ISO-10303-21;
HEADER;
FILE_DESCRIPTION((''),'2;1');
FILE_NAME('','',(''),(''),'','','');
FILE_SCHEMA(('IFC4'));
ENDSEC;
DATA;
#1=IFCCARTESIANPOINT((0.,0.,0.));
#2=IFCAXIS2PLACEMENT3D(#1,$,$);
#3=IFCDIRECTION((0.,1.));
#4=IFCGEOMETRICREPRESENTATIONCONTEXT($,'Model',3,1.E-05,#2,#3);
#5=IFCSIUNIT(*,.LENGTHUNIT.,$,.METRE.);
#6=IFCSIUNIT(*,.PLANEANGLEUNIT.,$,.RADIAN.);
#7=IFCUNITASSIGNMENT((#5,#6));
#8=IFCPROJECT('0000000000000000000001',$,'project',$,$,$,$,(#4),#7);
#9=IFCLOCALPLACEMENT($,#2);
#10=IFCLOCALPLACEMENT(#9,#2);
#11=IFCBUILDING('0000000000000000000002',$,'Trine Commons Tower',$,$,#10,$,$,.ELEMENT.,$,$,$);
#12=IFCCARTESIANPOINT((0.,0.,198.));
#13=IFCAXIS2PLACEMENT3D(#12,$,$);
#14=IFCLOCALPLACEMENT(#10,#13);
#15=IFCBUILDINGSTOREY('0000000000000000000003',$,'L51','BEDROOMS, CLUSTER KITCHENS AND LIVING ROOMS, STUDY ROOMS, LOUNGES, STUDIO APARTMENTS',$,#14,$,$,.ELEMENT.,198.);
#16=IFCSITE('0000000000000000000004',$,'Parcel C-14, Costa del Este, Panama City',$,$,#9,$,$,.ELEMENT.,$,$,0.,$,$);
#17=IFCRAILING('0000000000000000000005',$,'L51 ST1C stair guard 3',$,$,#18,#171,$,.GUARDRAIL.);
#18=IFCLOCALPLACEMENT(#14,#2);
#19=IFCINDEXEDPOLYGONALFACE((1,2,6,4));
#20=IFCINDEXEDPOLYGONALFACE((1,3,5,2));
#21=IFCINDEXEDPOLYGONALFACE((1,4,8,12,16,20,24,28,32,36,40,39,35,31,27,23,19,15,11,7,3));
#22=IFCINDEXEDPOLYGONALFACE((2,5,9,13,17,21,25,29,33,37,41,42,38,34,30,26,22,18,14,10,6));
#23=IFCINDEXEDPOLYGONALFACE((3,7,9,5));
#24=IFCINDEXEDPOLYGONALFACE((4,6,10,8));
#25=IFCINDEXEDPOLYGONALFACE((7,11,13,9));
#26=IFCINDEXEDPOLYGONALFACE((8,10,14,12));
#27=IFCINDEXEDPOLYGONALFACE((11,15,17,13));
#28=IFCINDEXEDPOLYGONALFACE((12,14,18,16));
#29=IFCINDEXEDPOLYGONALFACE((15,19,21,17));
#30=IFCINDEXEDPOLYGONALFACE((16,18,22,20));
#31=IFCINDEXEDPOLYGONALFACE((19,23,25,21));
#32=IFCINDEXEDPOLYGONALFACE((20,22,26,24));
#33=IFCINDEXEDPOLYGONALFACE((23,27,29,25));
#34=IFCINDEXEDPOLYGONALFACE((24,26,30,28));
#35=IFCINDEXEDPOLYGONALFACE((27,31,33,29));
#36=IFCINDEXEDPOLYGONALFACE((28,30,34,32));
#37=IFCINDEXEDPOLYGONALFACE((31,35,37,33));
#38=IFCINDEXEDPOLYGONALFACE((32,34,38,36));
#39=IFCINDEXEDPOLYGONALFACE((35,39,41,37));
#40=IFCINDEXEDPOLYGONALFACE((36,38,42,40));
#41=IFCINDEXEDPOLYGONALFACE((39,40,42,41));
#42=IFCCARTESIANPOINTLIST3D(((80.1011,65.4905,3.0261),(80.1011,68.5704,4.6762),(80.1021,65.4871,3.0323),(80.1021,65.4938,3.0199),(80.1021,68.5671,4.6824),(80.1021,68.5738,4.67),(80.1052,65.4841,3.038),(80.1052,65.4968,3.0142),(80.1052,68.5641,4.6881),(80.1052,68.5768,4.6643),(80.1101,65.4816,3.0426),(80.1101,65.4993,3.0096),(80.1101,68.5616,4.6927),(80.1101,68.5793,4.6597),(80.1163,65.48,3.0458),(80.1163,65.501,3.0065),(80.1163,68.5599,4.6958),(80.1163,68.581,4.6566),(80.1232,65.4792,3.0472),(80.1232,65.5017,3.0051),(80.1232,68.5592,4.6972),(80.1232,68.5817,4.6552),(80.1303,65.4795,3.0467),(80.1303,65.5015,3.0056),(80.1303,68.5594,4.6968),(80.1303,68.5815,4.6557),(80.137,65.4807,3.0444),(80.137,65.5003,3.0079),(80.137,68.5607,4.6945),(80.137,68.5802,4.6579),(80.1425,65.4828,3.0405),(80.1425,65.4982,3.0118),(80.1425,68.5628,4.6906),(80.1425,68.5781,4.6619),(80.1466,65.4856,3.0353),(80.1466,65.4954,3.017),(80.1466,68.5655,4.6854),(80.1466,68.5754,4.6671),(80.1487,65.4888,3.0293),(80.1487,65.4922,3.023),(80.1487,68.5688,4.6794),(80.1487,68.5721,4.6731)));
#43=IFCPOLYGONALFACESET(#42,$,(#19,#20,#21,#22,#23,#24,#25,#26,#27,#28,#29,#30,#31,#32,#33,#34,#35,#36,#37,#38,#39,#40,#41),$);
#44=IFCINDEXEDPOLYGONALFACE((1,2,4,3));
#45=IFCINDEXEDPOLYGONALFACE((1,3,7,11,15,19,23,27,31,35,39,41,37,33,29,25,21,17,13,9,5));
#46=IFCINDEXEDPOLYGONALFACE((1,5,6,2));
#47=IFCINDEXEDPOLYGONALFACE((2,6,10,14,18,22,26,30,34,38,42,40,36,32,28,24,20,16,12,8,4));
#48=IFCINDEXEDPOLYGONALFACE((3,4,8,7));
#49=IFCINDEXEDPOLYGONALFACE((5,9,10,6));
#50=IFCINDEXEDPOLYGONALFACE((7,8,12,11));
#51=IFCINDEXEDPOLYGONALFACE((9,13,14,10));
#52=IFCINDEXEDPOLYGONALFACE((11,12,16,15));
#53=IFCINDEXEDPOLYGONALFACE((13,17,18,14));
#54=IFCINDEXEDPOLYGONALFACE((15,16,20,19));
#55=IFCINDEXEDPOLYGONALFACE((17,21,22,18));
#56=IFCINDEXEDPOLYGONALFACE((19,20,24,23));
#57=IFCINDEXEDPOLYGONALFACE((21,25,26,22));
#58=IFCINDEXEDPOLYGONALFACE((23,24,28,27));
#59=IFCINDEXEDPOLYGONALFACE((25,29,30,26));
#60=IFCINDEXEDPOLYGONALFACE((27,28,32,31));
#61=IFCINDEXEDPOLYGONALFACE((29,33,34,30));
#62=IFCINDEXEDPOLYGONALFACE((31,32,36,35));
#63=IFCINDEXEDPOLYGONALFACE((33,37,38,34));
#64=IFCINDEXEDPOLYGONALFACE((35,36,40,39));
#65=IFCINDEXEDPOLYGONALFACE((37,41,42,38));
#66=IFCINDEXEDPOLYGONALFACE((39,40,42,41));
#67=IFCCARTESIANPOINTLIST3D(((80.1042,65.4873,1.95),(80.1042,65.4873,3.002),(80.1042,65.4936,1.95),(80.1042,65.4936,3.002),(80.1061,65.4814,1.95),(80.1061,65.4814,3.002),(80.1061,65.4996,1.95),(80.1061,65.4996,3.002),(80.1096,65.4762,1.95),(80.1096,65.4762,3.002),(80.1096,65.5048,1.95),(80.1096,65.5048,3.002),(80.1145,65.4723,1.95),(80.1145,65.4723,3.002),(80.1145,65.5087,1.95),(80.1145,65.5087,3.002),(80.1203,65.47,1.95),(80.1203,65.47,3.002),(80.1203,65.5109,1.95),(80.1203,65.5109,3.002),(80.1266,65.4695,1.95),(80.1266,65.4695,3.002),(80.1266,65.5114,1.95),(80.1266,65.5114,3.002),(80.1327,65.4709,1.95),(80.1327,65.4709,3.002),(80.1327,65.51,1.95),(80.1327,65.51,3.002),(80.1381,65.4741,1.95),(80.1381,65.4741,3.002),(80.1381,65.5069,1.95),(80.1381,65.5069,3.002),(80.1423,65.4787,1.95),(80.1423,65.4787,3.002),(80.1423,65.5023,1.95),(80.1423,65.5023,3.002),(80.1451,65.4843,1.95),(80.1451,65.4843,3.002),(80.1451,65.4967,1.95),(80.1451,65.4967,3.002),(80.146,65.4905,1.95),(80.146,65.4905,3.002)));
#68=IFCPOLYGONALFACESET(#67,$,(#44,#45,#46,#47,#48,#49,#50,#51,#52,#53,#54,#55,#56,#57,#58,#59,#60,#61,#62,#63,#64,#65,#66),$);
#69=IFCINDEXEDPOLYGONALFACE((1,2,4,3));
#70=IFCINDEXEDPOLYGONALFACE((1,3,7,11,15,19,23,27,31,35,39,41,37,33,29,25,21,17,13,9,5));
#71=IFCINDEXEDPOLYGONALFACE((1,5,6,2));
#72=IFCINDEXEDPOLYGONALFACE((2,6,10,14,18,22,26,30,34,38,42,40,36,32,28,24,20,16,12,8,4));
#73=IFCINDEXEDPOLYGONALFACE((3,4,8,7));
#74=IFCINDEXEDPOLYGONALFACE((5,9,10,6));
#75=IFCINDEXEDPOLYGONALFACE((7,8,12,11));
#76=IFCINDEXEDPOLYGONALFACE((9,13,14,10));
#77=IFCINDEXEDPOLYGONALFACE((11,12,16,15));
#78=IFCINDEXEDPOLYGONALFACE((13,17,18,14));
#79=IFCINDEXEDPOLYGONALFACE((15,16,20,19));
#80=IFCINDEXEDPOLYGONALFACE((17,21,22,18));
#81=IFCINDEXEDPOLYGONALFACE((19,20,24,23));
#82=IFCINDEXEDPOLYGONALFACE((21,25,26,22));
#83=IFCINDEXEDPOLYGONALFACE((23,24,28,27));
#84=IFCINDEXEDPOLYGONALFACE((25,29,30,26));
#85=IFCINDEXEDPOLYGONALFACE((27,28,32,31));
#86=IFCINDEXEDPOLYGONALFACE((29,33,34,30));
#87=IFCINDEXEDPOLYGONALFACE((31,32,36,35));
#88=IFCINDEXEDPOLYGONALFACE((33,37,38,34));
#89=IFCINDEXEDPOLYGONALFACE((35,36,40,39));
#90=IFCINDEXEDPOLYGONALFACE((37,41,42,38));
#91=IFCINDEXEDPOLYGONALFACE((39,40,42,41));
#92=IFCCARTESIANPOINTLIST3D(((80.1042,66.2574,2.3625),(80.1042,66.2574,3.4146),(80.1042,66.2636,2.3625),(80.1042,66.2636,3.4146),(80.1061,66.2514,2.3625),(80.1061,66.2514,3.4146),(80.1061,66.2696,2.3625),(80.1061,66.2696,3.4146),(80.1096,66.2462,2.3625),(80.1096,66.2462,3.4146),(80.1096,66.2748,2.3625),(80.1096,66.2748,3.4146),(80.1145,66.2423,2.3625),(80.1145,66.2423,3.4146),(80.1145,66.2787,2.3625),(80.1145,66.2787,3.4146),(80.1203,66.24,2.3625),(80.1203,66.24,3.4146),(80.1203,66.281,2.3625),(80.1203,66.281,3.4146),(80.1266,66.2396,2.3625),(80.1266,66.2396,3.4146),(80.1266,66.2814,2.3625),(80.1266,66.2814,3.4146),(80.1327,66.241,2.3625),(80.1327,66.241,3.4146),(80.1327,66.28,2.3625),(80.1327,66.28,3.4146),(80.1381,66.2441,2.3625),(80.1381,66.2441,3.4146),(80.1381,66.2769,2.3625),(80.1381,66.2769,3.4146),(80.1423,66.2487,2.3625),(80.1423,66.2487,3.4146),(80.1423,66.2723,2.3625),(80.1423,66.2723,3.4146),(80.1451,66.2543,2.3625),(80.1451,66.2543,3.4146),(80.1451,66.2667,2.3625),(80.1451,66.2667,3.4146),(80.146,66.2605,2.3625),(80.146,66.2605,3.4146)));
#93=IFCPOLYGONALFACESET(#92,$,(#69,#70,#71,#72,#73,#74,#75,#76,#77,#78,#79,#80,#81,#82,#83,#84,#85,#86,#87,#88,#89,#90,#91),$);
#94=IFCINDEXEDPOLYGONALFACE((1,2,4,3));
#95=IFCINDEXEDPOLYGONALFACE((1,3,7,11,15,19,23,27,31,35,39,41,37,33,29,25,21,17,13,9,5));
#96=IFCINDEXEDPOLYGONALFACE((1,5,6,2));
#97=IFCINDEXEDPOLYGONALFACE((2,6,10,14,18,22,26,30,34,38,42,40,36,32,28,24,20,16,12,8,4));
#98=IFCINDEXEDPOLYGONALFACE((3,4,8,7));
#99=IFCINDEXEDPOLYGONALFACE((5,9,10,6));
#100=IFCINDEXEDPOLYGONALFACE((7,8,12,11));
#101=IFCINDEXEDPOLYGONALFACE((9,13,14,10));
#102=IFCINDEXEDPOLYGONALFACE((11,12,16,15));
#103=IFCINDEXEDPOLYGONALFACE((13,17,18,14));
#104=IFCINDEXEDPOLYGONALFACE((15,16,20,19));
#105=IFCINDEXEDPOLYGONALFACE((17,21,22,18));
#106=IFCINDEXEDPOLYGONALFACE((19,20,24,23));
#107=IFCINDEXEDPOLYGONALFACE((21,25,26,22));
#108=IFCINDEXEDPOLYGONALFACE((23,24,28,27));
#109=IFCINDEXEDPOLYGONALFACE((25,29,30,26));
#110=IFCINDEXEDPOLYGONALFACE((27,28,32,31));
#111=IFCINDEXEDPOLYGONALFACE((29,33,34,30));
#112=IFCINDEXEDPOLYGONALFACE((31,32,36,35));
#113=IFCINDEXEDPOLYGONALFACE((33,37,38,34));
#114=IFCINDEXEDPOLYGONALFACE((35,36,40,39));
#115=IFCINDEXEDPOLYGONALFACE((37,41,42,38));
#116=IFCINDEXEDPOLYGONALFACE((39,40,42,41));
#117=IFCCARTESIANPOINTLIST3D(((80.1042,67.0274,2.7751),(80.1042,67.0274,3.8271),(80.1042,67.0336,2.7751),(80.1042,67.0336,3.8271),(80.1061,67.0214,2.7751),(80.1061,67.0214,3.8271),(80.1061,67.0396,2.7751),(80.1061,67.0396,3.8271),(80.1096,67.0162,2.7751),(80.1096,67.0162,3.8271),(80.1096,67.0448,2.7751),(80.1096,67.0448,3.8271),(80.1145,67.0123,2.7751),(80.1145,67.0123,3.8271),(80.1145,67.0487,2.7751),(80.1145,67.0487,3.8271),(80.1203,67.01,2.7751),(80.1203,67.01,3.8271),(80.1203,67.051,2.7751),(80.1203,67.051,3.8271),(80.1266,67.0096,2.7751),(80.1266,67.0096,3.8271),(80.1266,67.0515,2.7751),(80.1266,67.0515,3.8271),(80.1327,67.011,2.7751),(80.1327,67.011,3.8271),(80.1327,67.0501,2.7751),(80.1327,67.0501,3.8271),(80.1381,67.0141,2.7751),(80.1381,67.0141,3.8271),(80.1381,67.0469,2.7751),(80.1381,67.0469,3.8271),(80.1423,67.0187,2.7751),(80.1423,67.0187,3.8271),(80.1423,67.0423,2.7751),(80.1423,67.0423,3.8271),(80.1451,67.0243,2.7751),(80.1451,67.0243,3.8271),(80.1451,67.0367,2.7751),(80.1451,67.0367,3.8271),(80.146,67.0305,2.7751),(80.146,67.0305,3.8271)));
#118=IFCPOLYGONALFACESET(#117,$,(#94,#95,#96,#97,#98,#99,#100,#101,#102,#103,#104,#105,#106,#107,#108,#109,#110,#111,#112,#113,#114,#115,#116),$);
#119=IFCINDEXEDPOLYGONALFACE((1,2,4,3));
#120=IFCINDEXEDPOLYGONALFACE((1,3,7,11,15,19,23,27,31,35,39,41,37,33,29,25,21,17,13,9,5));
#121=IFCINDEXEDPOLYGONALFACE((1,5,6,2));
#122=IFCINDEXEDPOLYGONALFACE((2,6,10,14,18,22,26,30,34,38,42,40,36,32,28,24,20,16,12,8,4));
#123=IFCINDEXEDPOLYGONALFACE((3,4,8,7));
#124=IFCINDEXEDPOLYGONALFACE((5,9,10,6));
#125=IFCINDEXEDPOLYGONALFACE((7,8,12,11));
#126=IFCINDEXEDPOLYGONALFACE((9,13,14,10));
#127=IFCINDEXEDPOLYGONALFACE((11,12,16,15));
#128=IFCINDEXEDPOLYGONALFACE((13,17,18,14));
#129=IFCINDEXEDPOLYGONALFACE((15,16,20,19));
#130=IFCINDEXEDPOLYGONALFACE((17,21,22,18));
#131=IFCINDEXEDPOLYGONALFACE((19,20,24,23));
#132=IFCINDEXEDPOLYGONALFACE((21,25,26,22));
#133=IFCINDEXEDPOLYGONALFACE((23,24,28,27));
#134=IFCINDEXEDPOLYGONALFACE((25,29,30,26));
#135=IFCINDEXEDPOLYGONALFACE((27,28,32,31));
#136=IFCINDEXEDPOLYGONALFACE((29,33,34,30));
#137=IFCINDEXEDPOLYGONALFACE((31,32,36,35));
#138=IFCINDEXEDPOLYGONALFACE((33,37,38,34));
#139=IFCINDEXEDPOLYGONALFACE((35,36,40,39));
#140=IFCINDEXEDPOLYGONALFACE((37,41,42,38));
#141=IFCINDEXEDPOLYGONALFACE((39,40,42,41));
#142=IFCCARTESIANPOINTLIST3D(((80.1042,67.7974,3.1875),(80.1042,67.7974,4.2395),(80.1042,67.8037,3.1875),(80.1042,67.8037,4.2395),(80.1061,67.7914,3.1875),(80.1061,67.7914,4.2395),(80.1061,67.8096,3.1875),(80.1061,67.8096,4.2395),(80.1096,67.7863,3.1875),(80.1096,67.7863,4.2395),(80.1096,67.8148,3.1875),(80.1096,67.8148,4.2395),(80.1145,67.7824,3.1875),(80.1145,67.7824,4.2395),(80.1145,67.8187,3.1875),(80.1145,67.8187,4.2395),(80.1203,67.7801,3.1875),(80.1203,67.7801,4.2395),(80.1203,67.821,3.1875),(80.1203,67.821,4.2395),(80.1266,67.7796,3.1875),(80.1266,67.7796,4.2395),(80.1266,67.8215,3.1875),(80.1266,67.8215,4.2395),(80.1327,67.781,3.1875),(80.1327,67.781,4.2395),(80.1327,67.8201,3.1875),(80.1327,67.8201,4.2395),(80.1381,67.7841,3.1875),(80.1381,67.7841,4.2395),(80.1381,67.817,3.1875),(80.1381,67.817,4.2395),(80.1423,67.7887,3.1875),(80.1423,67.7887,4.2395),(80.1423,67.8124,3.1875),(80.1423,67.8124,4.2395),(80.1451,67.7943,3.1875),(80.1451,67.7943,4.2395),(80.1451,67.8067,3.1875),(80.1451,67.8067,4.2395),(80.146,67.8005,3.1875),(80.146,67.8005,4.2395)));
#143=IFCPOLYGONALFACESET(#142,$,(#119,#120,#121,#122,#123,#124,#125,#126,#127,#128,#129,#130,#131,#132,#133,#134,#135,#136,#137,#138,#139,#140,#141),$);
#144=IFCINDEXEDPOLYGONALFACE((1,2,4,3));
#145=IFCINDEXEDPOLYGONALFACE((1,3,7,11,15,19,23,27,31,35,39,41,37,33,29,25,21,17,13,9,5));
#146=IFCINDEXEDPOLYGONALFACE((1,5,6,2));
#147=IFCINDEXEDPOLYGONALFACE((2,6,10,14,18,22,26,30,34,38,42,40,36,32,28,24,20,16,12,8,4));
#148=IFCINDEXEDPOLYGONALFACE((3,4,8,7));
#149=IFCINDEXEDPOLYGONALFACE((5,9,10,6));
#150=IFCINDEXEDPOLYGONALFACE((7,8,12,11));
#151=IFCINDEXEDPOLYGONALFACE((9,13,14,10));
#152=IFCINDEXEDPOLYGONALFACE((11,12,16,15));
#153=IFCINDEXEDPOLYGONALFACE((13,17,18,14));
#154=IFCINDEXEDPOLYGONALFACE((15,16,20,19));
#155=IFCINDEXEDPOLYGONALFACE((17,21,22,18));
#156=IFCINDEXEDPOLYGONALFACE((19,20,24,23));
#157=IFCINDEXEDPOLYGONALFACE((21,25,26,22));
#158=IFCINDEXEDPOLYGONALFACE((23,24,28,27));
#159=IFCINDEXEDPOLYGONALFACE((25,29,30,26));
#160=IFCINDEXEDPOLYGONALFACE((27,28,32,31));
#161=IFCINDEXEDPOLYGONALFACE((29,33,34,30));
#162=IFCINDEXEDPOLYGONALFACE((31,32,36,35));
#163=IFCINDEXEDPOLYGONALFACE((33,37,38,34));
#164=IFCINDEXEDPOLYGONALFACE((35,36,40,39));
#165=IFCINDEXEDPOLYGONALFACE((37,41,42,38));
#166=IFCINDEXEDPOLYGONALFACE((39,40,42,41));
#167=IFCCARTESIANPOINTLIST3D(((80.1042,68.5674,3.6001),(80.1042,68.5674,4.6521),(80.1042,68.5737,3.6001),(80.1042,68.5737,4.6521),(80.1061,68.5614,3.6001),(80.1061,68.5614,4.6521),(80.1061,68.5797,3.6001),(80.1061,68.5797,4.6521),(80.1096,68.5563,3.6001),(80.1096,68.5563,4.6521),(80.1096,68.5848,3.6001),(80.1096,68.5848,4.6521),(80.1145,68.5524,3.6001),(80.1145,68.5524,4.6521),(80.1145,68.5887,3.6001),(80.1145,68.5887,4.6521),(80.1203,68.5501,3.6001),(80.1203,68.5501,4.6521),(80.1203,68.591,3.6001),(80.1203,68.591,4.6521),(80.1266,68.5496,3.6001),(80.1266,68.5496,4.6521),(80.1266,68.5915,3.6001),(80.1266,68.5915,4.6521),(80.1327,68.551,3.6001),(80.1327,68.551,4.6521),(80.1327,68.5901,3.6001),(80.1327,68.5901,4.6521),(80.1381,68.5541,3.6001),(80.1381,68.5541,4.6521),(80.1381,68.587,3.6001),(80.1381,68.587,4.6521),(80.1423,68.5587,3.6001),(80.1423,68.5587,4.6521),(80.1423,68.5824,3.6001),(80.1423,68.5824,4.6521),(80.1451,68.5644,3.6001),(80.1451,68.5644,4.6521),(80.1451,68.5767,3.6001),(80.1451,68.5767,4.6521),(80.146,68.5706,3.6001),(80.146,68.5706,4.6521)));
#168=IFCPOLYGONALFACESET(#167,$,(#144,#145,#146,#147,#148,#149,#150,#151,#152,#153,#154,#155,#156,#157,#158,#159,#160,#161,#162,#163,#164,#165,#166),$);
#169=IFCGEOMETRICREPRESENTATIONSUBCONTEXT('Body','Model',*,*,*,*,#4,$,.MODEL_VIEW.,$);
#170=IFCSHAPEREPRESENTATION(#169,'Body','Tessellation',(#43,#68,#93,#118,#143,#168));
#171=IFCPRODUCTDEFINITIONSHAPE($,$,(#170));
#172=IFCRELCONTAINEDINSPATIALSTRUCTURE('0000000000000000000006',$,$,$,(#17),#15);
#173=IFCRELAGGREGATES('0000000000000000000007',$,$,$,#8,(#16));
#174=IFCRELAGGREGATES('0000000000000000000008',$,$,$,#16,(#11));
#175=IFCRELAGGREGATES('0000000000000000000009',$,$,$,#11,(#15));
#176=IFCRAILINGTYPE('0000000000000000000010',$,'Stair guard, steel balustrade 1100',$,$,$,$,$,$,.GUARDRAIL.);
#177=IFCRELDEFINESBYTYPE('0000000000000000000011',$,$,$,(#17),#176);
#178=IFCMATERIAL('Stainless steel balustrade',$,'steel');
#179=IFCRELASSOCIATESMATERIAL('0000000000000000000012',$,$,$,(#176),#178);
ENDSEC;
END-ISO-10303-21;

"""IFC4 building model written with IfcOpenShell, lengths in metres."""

from ifc_helpers import new_model, si_unit, direction, frame, origin, origin_2d, place, context, subcontext, project, spatial, circle, extrude, material, type_object, element, save


model = new_model("IFC4")

# Units and contexts
model_context = context("Model", 3, precision=1e-05, world=origin(), true_north=direction((0.0, 1.0)))
body_context = subcontext(model_context, "Body", "Model", "MODEL_VIEW")
ifc_project = project(units=[si_unit("LENGTHUNIT", "METRE"), si_unit("PLANEANGLEUNIT", "RADIAN")], contexts=[model_context])

# Site, building, storey
site_placement = place(None, origin())
site = spatial("IfcSite", under=ifc_project, at=site_placement, Name="Parcel C-14, Costa del Este, Panama City", CompositionType="ELEMENT", RefElevation=0.0)
building_placement = place(site_placement, origin())
building = spatial("IfcBuilding", under=site, at=building_placement, Name="Trine Commons Tower", CompositionType="ELEMENT")
storey_placement = place(building_placement, frame((0.0, 0.0, 198.0)))
storey = spatial("IfcBuildingStorey", under=building, at=storey_placement, Name="L51", Description="BEDROOMS, CLUSTER KITCHENS AND LIVING ROOMS, STUDY ROOMS, LOUNGES, STUDIO APARTMENTS", CompositionType="ELEMENT", Elevation=198.0)

# Railing
ifc_material_1 = material(Name="Stainless steel balustrade", Category="steel")
railing_type_1 = type_object("IfcRailingType", Name="Stair guard, steel balustrade 1100", PredefinedType="GUARDRAIL", material=ifc_material_1)
railing_1_placement = place(storey_placement, frame((80.125, 65.4905, 1.95)))
element("IfcRailing", 1, at=railing_1_placement, inside=storey, type_object=railing_type_1, Name="L51 ST1C stair guard 3", PredefinedType="GUARDRAIL", context=body_context, shape_type="SweptSolid", body=[
    extrude(circle(Radius=0.0239, at=origin_2d()), frame((0.0, 0.0, 1.0762), z_axis=(0.0, 0.881468, 0.472245), x_axis=(-1.0, 0.0, 0.0)), (0.0, 0.0, 1.0), 3.4941),
    extrude(circle(Radius=0.021, at=origin_2d()), origin(), (0.0, 0.0, 1.0), 1.052),
    extrude(circle(Radius=0.021, at=origin_2d()), frame((0.0, 0.77, 0.4126)), (0.0, 0.0, 1.0), 1.052),
    extrude(circle(Radius=0.021, at=origin_2d()), frame((0.0, 1.54, 0.8252)), (0.0, 0.0, 1.0), 1.052),
    extrude(circle(Radius=0.021, at=origin_2d()), frame((0.0, 2.3101, 1.2375)), (0.0, 0.0, 1.0), 1.052),
    extrude(circle(Radius=0.021, at=origin_2d()), frame((0.0, 3.0801, 1.6501)), (0.0, 0.0, 1.0), 1.052),
])

save(model, "model.ifc")
